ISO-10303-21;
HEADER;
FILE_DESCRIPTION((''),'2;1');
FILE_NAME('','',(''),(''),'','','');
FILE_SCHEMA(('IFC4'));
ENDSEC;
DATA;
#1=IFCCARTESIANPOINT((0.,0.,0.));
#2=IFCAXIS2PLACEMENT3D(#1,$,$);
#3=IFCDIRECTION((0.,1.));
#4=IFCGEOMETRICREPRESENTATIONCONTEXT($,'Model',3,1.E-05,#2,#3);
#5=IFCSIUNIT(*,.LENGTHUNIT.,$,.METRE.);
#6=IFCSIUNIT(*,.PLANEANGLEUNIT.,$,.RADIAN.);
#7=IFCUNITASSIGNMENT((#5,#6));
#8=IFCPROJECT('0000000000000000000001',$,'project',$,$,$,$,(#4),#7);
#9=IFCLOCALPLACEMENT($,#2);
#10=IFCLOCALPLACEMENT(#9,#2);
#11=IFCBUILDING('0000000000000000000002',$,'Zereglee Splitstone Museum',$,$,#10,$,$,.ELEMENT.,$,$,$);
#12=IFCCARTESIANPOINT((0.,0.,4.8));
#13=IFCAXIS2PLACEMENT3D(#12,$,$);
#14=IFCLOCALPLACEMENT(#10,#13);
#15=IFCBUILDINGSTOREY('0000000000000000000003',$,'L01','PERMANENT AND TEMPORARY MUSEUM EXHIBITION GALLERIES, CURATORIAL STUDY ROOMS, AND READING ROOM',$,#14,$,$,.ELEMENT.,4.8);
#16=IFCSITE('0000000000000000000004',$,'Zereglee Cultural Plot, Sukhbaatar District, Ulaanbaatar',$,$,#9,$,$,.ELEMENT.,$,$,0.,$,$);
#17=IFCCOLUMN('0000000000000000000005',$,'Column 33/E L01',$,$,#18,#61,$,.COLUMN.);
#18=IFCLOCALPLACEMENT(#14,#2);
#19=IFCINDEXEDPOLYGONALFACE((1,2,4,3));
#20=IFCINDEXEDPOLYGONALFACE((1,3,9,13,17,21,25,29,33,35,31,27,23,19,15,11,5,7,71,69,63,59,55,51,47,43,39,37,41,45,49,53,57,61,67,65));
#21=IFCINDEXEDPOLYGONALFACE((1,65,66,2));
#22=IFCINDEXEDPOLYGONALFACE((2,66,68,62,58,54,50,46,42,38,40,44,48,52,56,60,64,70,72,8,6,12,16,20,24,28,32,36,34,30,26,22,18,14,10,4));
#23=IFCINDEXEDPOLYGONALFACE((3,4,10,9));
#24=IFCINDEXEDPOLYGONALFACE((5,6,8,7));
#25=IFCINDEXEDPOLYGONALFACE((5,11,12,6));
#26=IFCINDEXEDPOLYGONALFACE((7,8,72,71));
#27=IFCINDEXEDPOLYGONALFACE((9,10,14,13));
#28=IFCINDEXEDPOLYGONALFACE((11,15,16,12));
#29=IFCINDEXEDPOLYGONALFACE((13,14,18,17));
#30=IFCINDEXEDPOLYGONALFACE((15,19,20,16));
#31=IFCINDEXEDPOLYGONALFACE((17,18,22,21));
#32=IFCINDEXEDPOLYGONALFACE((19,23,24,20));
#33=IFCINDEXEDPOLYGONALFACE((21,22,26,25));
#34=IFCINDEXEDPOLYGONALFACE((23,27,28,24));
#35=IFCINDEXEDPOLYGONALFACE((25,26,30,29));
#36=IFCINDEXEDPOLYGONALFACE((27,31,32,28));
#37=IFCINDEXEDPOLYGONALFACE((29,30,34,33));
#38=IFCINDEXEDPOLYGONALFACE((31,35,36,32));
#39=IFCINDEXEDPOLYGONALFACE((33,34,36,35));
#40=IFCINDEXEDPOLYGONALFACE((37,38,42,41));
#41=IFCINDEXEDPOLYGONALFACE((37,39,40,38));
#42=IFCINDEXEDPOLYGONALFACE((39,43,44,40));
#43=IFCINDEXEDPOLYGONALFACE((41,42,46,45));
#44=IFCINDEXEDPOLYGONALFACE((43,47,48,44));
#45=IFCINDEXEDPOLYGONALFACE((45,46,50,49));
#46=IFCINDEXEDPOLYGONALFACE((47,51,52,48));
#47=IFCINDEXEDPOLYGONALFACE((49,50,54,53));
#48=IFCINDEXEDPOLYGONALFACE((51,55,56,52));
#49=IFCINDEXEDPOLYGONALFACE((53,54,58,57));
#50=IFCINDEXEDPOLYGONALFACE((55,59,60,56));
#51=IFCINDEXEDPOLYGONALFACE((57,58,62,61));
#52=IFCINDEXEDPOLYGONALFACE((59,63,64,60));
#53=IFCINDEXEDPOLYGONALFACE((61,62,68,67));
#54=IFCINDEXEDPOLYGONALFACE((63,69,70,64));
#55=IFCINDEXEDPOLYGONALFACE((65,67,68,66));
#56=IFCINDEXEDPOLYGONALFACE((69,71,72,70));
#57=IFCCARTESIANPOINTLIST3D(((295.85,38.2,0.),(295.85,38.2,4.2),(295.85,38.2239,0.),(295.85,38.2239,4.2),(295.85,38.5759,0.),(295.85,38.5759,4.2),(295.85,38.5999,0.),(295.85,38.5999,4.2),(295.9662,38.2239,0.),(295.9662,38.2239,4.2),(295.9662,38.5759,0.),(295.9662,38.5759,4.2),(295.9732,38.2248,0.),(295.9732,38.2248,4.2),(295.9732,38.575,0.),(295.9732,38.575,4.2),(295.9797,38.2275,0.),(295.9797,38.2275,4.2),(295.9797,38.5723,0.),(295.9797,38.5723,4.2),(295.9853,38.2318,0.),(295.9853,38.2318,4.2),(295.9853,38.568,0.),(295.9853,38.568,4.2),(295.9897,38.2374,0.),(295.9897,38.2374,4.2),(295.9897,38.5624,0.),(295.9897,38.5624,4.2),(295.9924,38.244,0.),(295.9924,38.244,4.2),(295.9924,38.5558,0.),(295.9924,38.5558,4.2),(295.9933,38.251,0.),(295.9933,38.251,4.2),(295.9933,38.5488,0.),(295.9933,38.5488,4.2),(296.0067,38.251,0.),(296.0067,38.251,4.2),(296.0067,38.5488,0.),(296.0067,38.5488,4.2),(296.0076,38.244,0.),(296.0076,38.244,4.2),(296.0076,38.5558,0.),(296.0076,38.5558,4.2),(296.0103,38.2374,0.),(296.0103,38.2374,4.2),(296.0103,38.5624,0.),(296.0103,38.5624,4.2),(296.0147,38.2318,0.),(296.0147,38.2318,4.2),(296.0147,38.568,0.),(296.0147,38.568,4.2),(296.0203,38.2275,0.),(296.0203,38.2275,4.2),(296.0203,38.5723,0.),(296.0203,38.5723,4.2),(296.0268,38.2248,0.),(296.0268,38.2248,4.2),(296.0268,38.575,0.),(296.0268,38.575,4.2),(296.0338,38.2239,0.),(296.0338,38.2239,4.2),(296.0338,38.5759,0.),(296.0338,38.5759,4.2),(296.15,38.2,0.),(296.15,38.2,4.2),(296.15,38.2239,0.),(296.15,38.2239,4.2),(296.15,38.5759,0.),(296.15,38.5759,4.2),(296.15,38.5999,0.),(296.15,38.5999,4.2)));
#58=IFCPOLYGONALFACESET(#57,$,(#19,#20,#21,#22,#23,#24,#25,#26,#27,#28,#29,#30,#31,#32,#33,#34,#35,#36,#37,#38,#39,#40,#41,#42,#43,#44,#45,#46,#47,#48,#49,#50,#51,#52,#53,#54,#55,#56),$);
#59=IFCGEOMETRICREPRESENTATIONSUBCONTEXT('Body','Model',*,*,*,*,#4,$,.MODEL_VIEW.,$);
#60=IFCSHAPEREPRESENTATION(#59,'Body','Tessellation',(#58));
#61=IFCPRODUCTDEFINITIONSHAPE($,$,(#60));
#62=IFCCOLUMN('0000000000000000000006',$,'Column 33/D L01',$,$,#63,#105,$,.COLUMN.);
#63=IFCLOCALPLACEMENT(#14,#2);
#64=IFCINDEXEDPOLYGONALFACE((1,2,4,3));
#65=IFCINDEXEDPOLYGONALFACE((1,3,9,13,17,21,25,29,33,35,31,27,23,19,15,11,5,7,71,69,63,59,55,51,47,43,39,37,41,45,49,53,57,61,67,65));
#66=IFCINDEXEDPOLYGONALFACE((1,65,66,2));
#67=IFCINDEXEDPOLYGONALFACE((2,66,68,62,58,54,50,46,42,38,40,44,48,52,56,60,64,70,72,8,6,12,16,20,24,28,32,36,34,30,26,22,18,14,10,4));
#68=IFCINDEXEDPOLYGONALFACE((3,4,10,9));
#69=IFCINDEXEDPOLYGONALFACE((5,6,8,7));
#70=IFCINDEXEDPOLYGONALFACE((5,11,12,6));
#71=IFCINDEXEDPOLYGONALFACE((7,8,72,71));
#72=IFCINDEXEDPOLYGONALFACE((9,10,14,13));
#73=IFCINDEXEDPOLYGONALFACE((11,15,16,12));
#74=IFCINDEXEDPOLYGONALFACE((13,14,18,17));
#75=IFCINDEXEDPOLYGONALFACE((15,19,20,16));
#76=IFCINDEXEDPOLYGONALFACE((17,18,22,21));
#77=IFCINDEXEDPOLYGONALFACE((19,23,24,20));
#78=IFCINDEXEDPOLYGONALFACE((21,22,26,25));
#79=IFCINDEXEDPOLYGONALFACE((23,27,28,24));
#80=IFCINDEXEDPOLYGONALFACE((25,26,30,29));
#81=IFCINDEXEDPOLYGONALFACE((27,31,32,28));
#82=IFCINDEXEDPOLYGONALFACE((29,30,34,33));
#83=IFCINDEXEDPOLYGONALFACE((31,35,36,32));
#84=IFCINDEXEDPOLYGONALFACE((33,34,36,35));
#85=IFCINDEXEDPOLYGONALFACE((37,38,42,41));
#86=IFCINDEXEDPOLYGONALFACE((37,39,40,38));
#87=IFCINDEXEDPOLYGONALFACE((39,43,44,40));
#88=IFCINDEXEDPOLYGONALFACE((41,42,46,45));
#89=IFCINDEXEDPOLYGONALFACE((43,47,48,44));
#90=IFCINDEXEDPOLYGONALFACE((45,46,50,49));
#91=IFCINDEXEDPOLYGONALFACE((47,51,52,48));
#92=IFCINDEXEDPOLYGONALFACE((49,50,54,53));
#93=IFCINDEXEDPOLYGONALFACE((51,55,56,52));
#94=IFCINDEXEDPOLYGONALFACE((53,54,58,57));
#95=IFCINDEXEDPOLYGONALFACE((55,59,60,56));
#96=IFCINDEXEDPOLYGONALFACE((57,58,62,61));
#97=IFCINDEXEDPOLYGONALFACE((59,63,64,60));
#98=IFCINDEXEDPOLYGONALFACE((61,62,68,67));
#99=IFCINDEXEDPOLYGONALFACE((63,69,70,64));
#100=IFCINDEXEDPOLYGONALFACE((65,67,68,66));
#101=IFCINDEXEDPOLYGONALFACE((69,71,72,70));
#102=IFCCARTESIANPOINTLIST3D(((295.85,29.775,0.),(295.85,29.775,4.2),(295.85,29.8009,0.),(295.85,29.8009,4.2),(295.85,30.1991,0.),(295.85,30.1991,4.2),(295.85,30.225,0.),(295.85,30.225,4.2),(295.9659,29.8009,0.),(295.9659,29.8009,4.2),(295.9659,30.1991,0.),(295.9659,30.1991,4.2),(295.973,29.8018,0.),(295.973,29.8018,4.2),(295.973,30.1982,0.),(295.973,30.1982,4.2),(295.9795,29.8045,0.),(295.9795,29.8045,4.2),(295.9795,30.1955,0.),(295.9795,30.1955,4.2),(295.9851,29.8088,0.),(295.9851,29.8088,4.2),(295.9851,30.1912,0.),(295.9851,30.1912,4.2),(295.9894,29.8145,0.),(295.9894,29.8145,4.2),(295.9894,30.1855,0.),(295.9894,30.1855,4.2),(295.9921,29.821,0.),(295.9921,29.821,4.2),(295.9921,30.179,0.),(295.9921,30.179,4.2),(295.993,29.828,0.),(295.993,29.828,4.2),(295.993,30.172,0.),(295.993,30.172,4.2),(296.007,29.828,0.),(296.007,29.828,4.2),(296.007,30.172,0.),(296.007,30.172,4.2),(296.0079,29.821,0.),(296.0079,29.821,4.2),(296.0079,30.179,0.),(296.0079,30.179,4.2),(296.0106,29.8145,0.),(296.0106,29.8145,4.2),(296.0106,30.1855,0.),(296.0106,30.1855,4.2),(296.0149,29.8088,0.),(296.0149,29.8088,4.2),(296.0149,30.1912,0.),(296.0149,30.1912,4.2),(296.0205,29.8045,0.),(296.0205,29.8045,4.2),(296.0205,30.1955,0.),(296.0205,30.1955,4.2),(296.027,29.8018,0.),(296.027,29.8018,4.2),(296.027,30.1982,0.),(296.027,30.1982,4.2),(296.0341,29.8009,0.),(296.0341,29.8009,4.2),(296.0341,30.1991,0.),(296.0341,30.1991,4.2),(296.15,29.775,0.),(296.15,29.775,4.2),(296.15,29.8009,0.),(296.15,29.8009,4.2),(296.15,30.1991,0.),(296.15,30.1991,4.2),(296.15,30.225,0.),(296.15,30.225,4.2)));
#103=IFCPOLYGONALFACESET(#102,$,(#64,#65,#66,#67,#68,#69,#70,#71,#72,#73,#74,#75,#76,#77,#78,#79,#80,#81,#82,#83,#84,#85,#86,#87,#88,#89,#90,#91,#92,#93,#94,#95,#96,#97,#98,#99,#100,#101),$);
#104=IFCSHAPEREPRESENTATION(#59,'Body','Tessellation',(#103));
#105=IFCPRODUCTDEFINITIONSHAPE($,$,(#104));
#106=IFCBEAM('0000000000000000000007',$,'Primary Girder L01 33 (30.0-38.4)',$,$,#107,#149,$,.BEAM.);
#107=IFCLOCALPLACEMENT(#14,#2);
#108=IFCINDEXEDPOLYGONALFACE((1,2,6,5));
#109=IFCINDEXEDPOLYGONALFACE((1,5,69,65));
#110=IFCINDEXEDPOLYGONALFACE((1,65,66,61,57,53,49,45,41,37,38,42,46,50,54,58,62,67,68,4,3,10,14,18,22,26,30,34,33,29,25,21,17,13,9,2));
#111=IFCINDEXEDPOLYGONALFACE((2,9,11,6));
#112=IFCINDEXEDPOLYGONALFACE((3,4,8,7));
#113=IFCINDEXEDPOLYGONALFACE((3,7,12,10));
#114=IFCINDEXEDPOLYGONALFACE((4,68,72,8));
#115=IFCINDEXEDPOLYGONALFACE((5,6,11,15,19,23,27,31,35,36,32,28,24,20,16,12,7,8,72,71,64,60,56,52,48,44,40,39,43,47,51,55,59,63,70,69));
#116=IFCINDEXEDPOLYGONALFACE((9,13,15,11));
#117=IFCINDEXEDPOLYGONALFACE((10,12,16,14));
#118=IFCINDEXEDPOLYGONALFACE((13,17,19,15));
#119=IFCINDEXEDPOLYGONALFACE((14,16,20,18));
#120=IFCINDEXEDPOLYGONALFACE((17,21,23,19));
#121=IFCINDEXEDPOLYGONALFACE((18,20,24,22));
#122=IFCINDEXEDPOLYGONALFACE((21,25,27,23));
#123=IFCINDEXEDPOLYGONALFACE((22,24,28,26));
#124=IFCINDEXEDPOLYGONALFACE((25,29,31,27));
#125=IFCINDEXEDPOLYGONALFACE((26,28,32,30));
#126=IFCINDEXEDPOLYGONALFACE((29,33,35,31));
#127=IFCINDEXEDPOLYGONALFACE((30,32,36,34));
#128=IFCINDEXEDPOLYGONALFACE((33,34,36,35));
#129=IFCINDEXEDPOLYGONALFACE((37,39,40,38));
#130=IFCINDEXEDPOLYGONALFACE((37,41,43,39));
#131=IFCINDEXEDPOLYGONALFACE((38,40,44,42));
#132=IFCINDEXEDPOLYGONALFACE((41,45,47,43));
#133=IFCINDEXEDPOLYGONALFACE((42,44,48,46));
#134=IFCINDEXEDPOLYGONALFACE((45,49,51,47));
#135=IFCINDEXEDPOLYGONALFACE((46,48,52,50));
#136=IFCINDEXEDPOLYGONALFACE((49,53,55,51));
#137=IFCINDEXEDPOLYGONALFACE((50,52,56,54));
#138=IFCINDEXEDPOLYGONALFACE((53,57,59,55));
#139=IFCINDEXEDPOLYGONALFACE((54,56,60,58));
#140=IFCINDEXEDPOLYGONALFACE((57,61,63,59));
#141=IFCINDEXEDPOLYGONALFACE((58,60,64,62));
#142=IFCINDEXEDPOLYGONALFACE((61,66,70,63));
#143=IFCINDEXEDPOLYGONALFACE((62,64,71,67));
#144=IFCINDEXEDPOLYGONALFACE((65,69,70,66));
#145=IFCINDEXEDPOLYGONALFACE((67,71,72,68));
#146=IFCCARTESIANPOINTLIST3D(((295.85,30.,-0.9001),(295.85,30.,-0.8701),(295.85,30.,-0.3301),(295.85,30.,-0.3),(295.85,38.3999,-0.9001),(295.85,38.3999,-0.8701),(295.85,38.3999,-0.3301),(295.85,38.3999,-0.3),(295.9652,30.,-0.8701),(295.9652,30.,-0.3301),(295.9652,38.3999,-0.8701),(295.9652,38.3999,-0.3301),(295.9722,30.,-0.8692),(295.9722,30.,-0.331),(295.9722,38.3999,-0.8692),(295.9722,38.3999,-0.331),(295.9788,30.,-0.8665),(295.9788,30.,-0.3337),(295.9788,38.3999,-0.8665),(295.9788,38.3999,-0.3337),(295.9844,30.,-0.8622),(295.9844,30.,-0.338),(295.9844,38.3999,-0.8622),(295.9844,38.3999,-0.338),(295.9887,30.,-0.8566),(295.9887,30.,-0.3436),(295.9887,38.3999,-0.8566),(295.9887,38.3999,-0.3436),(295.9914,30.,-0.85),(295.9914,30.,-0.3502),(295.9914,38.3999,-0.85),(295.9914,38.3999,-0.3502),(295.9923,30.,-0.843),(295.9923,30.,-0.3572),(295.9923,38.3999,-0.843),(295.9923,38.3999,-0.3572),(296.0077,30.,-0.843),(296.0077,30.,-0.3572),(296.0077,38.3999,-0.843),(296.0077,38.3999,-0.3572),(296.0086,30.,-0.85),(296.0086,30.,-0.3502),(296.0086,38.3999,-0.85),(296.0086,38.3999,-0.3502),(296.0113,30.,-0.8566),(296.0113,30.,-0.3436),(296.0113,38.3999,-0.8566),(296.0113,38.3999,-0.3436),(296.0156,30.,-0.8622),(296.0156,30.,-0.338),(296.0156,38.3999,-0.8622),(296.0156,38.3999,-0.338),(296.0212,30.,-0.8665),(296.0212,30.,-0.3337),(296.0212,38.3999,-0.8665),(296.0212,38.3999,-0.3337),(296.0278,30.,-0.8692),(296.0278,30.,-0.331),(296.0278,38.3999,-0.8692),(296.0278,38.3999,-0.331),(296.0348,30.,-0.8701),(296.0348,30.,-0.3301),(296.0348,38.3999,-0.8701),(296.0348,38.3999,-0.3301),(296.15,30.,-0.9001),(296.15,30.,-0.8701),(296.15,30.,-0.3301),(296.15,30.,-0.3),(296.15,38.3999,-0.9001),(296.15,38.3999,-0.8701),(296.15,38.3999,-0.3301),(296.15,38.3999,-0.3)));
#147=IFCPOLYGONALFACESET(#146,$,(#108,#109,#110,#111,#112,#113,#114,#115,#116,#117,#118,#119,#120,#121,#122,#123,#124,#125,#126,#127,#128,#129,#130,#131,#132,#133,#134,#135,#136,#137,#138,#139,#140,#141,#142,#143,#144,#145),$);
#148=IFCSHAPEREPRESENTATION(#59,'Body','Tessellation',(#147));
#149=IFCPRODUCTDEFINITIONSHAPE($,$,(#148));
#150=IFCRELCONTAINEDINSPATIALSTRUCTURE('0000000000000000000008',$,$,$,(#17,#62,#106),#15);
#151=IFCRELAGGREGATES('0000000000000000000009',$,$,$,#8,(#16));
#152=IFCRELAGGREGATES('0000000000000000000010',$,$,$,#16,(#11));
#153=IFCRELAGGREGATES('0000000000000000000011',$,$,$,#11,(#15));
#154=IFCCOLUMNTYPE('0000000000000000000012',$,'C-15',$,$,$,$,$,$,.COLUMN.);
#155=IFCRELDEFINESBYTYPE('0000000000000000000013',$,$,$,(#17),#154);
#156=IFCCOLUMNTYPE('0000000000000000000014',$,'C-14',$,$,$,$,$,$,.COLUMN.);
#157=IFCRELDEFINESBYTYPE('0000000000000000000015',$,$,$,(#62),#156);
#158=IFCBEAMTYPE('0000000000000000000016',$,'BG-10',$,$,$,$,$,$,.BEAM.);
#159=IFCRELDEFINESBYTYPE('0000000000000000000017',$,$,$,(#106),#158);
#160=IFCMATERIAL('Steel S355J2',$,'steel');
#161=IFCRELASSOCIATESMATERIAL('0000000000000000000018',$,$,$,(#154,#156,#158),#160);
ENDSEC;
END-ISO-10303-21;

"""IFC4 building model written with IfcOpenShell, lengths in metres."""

from ifc_helpers import new_model, si_unit, direction, frame, origin, origin_2d, place, context, subcontext, project, spatial, i_section, extrude, material, material_profile, profile_set, type_object, element, save


model = new_model("IFC4")

# Units and contexts
model_context = context("Model", 3, precision=1e-05, world=origin(), true_north=direction((0.0, 1.0)))
body_context = subcontext(model_context, "Body", "Model", "MODEL_VIEW")
ifc_project = project(units=[si_unit("LENGTHUNIT", "METRE"), si_unit("PLANEANGLEUNIT", "RADIAN")], contexts=[model_context])

# Site, building, storey
site_placement = place(None, origin())
site = spatial("IfcSite", under=ifc_project, at=site_placement, Name="Zereglee Cultural Plot, Sukhbaatar District, Ulaanbaatar", CompositionType="ELEMENT", RefElevation=0.0)
building_placement = place(site_placement, origin())
building = spatial("IfcBuilding", under=site, at=building_placement, Name="Zereglee Splitstone Museum", CompositionType="ELEMENT")
storey_placement = place(building_placement, frame((0.0, 0.0, 4.8)))
storey = spatial("IfcBuildingStorey", under=building, at=storey_placement, Name="L01", Description="PERMANENT AND TEMPORARY MUSEUM EXHIBITION GALLERIES, CURATORIAL STUDY ROOMS, AND READING ROOM", CompositionType="ELEMENT", Elevation=4.8)

# Columns
ifc_material_1 = material(Name="Steel S355J2", Category="steel")
ifc_material_profile_1 = material_profile(ifc_material_1, i_section(OverallWidth=0.3, OverallDepth=0.3999, WebThickness=0.0134, FlangeThickness=0.0239, FilletRadius=0.0271, at=origin_2d()), Name="HE 400 B")
ifc_profile_set_1 = profile_set([ifc_material_profile_1], Name="Steel S355J2")
column_type_1 = type_object("IfcColumnType", Name="C-15", PredefinedType="COLUMN", material=ifc_profile_set_1)
column_1_placement = place(storey_placement, frame((296.0, 38.3999, 0.0), z_axis=(0.0, 0.0, 1.0), x_axis=(1.0, 0.0, 0.0)))
element("IfcColumn", 1, at=column_1_placement, inside=storey, type_object=column_type_1, Name="Column 33/E L01", PredefinedType="COLUMN", context=body_context, shape_type="SweptSolid", body=[
    extrude(i_section(OverallWidth=0.3, OverallDepth=0.3999, WebThickness=0.0134, FlangeThickness=0.0239, FilletRadius=0.0271, at=origin_2d()), origin(), (0.0, 0.0, 1.0), 4.2),
])
ifc_material_profile_2 = material_profile(ifc_material_1, i_section(OverallWidth=0.3, OverallDepth=0.45, WebThickness=0.0139, FlangeThickness=0.0259, FilletRadius=0.0271, at=origin_2d()), Name="HE 450 B")
ifc_profile_set_2 = profile_set([ifc_material_profile_2], Name="Steel S355J2")
column_type_2 = type_object("IfcColumnType", Name="C-14", PredefinedType="COLUMN", material=ifc_profile_set_2)
column_2_placement = place(storey_placement, frame((296.0, 30.0, 0.0), z_axis=(0.0, 0.0, 1.0), x_axis=(1.0, 0.0, 0.0)))
element("IfcColumn", 2, at=column_2_placement, inside=storey, type_object=column_type_2, Name="Column 33/D L01", PredefinedType="COLUMN", context=body_context, shape_type="SweptSolid", body=[
    extrude(i_section(OverallWidth=0.3, OverallDepth=0.45, WebThickness=0.0139, FlangeThickness=0.0259, FilletRadius=0.0271, at=origin_2d()), origin(), (0.0, 0.0, 1.0), 4.2),
])

# Beam
ifc_material_profile_3 = material_profile(ifc_material_1, i_section(OverallWidth=0.3, OverallDepth=0.6001, WebThickness=0.0154, FlangeThickness=0.03, FilletRadius=0.0271, at=origin_2d()), Name="HE 600 B")
ifc_profile_set_3 = profile_set([ifc_material_profile_3], Name="Steel S355J2")
beam_type_1 = type_object("IfcBeamType", Name="BG-10", PredefinedType="BEAM", material=ifc_profile_set_3)
beam_1_placement = place(storey_placement, frame((296.0, 30.0, -0.6001), z_axis=(0.0, 1.0, 0.0), x_axis=(-1.0, 0.0, 0.0)))
element("IfcBeam", 3, at=beam_1_placement, inside=storey, type_object=beam_type_1, Name="Primary Girder L01 33 (30.0-38.4)", PredefinedType="BEAM", context=body_context, shape_type="SweptSolid", body=[
    extrude(i_section(OverallWidth=0.3, OverallDepth=0.6001, WebThickness=0.0154, FlangeThickness=0.03, FilletRadius=0.0271, at=origin_2d()), origin(), (0.0, 0.0, 1.0), 8.3999),
])

save(model, "model.ifc")
